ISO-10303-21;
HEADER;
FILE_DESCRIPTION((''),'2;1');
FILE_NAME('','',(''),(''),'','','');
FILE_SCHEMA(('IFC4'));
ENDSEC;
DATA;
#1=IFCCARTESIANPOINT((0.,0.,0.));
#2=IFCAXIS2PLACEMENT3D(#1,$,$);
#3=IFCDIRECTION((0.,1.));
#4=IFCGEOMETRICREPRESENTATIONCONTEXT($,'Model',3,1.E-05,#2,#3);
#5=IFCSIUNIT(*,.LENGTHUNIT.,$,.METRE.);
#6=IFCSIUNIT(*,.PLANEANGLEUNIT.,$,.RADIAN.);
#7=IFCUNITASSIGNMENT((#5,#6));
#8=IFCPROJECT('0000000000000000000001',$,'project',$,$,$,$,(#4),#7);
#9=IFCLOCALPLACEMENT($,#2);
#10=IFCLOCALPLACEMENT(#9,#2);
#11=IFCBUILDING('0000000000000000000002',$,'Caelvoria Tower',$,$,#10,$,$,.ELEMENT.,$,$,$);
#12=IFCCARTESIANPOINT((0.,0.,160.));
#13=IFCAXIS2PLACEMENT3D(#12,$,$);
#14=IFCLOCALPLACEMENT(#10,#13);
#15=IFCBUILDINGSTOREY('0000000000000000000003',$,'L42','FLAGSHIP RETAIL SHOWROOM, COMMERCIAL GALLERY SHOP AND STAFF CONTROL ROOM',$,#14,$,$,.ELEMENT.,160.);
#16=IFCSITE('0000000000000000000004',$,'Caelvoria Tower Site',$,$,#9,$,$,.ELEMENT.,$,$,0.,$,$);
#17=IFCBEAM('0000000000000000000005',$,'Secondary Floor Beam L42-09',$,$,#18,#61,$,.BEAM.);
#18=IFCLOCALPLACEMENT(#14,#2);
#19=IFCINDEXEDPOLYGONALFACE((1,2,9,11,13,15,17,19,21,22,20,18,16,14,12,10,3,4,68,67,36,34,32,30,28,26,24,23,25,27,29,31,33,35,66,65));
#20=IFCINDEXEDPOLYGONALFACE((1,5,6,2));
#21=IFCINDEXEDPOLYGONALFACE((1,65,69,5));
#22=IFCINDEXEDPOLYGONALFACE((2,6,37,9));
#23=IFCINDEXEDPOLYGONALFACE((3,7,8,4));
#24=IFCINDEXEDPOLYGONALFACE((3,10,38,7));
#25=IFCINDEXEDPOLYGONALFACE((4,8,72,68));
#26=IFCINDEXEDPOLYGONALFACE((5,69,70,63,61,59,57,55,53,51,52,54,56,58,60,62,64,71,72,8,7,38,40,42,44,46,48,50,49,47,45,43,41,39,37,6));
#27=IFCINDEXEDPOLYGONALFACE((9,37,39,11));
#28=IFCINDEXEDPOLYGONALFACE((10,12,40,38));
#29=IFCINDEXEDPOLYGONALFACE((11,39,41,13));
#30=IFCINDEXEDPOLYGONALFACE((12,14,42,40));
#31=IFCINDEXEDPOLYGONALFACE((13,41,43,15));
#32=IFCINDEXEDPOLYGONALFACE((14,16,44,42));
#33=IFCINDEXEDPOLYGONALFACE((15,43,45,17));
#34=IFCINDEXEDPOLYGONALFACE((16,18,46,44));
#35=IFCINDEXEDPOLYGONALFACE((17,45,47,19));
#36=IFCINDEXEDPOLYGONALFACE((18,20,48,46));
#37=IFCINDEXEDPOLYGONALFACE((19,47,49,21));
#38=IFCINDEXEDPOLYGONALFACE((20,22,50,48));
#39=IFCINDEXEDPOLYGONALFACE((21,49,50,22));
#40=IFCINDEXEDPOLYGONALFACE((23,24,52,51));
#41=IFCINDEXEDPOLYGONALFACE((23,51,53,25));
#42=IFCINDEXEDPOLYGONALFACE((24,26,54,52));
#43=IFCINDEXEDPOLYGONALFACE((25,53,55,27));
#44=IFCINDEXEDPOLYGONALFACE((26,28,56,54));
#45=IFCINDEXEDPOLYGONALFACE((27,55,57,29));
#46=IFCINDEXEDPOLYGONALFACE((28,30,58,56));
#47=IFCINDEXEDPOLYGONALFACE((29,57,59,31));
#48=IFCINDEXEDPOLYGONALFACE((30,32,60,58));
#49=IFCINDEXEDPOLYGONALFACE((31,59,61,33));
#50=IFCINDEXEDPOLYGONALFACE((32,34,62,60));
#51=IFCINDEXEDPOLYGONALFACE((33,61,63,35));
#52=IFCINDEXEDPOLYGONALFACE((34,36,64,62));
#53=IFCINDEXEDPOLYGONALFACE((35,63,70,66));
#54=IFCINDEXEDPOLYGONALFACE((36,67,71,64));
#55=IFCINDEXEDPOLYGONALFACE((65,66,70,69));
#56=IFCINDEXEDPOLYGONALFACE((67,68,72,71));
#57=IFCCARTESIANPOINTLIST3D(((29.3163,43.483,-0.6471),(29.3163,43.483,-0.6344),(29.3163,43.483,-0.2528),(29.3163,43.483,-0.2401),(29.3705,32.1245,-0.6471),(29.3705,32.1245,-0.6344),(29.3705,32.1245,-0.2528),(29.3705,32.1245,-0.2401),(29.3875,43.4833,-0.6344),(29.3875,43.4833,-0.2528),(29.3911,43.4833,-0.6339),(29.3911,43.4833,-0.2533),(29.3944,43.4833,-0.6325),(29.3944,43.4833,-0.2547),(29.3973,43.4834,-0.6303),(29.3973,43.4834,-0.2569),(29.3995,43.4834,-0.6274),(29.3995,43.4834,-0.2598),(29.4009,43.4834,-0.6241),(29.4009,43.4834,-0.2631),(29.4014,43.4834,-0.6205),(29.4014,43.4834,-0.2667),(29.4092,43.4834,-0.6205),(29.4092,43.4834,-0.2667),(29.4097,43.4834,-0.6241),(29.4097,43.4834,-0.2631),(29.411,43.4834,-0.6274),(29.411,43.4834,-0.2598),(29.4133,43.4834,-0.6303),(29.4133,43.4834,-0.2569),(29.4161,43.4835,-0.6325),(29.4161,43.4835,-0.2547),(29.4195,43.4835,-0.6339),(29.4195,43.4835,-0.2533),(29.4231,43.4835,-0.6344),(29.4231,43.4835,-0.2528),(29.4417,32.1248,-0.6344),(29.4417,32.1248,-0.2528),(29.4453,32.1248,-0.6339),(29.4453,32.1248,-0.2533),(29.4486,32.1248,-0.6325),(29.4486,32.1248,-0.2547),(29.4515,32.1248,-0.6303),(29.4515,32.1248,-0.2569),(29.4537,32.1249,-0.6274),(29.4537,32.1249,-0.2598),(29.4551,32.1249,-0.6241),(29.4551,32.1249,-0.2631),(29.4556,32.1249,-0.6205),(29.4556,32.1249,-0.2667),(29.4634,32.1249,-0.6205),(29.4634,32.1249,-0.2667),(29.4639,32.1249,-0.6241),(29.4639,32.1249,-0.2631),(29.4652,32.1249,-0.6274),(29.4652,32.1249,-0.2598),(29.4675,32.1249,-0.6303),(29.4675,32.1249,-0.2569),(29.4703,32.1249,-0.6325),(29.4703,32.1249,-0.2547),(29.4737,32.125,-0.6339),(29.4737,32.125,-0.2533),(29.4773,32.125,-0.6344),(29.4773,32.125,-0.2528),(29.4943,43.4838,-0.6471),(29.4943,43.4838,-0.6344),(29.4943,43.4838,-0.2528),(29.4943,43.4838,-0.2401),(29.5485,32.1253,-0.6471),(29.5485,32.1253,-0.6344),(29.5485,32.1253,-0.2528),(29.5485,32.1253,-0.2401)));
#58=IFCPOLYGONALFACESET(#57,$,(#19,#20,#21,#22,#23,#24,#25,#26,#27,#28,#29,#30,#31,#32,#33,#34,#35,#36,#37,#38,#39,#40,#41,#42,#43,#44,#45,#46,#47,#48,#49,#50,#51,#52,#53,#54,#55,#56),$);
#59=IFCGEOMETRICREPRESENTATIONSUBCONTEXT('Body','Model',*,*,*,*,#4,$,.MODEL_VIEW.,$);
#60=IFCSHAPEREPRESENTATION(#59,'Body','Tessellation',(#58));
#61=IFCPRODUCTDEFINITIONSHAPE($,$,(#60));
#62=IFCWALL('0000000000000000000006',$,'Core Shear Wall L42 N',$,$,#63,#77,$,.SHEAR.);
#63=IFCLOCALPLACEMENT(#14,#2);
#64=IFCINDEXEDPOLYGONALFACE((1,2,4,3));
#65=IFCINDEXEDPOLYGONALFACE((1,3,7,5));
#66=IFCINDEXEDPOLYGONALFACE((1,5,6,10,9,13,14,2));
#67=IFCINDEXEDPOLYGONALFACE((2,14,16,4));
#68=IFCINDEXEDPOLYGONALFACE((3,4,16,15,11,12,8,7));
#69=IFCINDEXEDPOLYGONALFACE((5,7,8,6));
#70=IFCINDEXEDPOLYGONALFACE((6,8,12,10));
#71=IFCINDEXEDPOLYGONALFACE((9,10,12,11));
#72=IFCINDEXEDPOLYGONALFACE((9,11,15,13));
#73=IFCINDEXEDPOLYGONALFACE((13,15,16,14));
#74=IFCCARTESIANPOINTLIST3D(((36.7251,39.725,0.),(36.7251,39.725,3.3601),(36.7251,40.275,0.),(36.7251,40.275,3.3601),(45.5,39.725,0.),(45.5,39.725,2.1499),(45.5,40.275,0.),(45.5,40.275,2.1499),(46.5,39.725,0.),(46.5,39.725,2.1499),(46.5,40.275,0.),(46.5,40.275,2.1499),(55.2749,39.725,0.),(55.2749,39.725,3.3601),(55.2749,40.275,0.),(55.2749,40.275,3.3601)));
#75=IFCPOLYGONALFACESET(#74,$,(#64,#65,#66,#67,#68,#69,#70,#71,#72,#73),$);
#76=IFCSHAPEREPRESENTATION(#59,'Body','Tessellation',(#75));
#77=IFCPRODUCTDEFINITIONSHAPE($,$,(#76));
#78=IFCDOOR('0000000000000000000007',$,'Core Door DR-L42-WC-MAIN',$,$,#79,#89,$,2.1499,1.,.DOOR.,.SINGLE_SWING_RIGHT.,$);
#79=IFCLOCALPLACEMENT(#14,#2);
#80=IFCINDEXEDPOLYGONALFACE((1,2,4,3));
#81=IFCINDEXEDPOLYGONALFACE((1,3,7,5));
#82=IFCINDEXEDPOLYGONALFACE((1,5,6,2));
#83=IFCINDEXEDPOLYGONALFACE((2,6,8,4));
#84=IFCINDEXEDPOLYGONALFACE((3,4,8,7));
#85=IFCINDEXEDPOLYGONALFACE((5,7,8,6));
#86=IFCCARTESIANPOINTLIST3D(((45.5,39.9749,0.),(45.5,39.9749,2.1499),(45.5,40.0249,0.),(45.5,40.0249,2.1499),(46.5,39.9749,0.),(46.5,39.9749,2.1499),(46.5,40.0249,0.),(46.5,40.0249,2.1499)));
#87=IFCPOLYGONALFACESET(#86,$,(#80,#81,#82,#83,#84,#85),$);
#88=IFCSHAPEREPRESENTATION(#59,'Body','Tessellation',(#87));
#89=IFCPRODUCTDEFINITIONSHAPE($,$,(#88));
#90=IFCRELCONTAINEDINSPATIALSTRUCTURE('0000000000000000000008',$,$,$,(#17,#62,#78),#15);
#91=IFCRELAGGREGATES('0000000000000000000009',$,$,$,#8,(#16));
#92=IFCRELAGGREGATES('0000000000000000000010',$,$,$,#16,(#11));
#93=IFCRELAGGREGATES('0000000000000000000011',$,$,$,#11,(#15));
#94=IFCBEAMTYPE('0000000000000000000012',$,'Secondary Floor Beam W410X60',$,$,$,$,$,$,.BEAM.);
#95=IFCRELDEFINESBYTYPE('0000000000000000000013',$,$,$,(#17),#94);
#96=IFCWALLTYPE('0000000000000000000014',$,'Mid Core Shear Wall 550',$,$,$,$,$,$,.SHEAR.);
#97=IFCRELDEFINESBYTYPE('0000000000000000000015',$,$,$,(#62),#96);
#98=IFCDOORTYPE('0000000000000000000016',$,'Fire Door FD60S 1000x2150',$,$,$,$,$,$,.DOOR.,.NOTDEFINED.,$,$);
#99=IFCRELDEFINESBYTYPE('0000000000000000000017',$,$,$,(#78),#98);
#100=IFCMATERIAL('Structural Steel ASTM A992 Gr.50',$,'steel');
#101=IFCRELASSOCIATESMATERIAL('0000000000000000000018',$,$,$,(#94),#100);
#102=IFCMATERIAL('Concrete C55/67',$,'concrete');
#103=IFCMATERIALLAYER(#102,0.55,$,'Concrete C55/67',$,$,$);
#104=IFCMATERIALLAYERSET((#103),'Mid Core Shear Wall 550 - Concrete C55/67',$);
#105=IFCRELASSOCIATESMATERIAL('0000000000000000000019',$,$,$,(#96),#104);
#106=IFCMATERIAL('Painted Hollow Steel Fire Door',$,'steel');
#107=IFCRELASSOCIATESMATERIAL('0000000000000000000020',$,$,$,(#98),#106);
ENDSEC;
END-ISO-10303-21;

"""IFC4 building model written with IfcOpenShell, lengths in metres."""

from ifc_helpers import new_model, si_unit, direction, frame, frame_2d, origin, origin_2d, place, context, subcontext, project, spatial, rectangle, i_section, extrude, material, layer, layer_set, material_profile, profile_set, type_object, element, fill, save


model = new_model("IFC4")

# Units and contexts
model_context = context("Model", 3, precision=1e-05, world=origin(), true_north=direction((0.0, 1.0)))
body_context = subcontext(model_context, "Body", "Model", "MODEL_VIEW")
ifc_project = project(units=[si_unit("LENGTHUNIT", "METRE"), si_unit("PLANEANGLEUNIT", "RADIAN")], contexts=[model_context])

# Site, building, storey
site_placement = place(None, origin())
site = spatial("IfcSite", under=ifc_project, at=site_placement, Name="Caelvoria Tower Site", CompositionType="ELEMENT", RefElevation=0.0)
building_placement = place(site_placement, origin())
building = spatial("IfcBuilding", under=site, at=building_placement, Name="Caelvoria Tower", CompositionType="ELEMENT")
storey_placement = place(building_placement, frame((0.0, 0.0, 160.0)))
storey = spatial("IfcBuildingStorey", under=building, at=storey_placement, Name="L42", Description="FLAGSHIP RETAIL SHOWROOM, COMMERCIAL GALLERY SHOP AND STAFF CONTROL ROOM", CompositionType="ELEMENT", Elevation=160.0)

# Beam
ifc_material_1 = material(Name="Structural Steel ASTM A992 Gr.50", Category="steel")
ifc_material_profile = material_profile(ifc_material_1, i_section(OverallWidth=0.178, OverallDepth=0.407, WebThickness=0.0078, FlangeThickness=0.0127, FilletRadius=0.0139, at=origin_2d()), Name="Structural Steel ASTM A992 Gr.50")
ifc_profile_set = profile_set([ifc_material_profile], Name="W410X60 - Structural Steel ASTM A992 Gr.50")
beam_type = type_object("IfcBeamType", Name="Secondary Floor Beam W410X60", PredefinedType="BEAM", material=ifc_profile_set)
beam_placement = place(storey_placement, frame((29.4053, 43.4834, -0.4436), z_axis=(0.004772, -0.999989, 0.0), x_axis=(0.999989, 0.004772, 0.0)))
element("IfcBeam", 1, at=beam_placement, inside=storey, type_object=beam_type, Name="Secondary Floor Beam L42-09", PredefinedType="BEAM", context=body_context, shape_type="SweptSolid", body=[
    extrude(i_section(OverallWidth=0.178, OverallDepth=0.407, WebThickness=0.0078, FlangeThickness=0.0127, FilletRadius=0.0139, at=origin_2d()), origin(), (0.0, 0.0, 1.0), 11.3586),
])

# Wall, opening, door
ifc_material_2 = material(Name="Concrete C55/67", Category="concrete")
ifc_layer_1 = layer(ifc_material_2, 0.55, Name="Concrete C55/67")
ifc_layer_set_1 = layer_set([ifc_layer_1], Name="Mid Core Shear Wall 550 - Concrete C55/67")
wall_type_1 = type_object("IfcWallType", Name="Mid Core Shear Wall 550", PredefinedType="SHEAR", material=ifc_layer_set_1)
wall_1_placement = place(storey_placement, frame((36.7251, 40.0, 0.0), z_axis=(0.0, 0.0, 1.0), x_axis=(1.0, 0.0, 0.0)))
wall_1 = element("IfcWall", 2, at=wall_1_placement, inside=storey, type_object=wall_type_1, Name="Core Shear Wall L42 N", PredefinedType="SHEAR", context=body_context, shape_type="SweptSolid", body=[
    extrude(rectangle(XDim=18.5498, YDim=0.55, at=frame_2d((9.2749, 0.0))), origin(), (0.0, 0.0, 1.0), 3.3601),
])
opening_1_placement = place(wall_1_placement, frame((8.7749, 0.0, 0.0)))
opening_1 = element("IfcOpeningElement", 3, at=opening_1_placement, cuts=wall_1, PredefinedType="OPENING", context=body_context, shape_type="SweptSolid", body=[
    extrude(rectangle(XDim=1.0, YDim=2.1499, at=frame_2d((0.5, 1.075))), frame((0.0, 0.2849, 0.0), z_axis=(0.0, -1.0, 0.0), x_axis=(1.0, 0.0, 0.0)), (0.0, 0.0, 1.0), 0.5701),
])
ifc_material_3 = material(Name="Painted Hollow Steel Fire Door", Category="steel")
door_type_1 = type_object("IfcDoorType", Name="Fire Door FD60S 1000x2150", OperationType="NOTDEFINED", PredefinedType="DOOR", material=ifc_material_3)
door_1_placement = place(opening_1_placement, origin())
door_1 = element("IfcDoor", 4, at=door_1_placement, inside=storey, type_object=door_type_1, Name="Core Door DR-L42-WC-MAIN", OperationType="SINGLE_SWING_RIGHT", OverallHeight=2.1499, OverallWidth=1.0, PredefinedType="DOOR", context=body_context, shape_type="SweptSolid", body=[
    extrude(rectangle(XDim=1.0, YDim=2.1499, at=frame_2d((0.5, 1.075))), frame((0.0, 0.0249, 0.0), z_axis=(0.0, -1.0, 0.0), x_axis=(1.0, 0.0, 0.0)), (0.0, 0.0, 1.0), 0.05),
])
fill(opening_1, door_1)

save(model, "model.ifc")
